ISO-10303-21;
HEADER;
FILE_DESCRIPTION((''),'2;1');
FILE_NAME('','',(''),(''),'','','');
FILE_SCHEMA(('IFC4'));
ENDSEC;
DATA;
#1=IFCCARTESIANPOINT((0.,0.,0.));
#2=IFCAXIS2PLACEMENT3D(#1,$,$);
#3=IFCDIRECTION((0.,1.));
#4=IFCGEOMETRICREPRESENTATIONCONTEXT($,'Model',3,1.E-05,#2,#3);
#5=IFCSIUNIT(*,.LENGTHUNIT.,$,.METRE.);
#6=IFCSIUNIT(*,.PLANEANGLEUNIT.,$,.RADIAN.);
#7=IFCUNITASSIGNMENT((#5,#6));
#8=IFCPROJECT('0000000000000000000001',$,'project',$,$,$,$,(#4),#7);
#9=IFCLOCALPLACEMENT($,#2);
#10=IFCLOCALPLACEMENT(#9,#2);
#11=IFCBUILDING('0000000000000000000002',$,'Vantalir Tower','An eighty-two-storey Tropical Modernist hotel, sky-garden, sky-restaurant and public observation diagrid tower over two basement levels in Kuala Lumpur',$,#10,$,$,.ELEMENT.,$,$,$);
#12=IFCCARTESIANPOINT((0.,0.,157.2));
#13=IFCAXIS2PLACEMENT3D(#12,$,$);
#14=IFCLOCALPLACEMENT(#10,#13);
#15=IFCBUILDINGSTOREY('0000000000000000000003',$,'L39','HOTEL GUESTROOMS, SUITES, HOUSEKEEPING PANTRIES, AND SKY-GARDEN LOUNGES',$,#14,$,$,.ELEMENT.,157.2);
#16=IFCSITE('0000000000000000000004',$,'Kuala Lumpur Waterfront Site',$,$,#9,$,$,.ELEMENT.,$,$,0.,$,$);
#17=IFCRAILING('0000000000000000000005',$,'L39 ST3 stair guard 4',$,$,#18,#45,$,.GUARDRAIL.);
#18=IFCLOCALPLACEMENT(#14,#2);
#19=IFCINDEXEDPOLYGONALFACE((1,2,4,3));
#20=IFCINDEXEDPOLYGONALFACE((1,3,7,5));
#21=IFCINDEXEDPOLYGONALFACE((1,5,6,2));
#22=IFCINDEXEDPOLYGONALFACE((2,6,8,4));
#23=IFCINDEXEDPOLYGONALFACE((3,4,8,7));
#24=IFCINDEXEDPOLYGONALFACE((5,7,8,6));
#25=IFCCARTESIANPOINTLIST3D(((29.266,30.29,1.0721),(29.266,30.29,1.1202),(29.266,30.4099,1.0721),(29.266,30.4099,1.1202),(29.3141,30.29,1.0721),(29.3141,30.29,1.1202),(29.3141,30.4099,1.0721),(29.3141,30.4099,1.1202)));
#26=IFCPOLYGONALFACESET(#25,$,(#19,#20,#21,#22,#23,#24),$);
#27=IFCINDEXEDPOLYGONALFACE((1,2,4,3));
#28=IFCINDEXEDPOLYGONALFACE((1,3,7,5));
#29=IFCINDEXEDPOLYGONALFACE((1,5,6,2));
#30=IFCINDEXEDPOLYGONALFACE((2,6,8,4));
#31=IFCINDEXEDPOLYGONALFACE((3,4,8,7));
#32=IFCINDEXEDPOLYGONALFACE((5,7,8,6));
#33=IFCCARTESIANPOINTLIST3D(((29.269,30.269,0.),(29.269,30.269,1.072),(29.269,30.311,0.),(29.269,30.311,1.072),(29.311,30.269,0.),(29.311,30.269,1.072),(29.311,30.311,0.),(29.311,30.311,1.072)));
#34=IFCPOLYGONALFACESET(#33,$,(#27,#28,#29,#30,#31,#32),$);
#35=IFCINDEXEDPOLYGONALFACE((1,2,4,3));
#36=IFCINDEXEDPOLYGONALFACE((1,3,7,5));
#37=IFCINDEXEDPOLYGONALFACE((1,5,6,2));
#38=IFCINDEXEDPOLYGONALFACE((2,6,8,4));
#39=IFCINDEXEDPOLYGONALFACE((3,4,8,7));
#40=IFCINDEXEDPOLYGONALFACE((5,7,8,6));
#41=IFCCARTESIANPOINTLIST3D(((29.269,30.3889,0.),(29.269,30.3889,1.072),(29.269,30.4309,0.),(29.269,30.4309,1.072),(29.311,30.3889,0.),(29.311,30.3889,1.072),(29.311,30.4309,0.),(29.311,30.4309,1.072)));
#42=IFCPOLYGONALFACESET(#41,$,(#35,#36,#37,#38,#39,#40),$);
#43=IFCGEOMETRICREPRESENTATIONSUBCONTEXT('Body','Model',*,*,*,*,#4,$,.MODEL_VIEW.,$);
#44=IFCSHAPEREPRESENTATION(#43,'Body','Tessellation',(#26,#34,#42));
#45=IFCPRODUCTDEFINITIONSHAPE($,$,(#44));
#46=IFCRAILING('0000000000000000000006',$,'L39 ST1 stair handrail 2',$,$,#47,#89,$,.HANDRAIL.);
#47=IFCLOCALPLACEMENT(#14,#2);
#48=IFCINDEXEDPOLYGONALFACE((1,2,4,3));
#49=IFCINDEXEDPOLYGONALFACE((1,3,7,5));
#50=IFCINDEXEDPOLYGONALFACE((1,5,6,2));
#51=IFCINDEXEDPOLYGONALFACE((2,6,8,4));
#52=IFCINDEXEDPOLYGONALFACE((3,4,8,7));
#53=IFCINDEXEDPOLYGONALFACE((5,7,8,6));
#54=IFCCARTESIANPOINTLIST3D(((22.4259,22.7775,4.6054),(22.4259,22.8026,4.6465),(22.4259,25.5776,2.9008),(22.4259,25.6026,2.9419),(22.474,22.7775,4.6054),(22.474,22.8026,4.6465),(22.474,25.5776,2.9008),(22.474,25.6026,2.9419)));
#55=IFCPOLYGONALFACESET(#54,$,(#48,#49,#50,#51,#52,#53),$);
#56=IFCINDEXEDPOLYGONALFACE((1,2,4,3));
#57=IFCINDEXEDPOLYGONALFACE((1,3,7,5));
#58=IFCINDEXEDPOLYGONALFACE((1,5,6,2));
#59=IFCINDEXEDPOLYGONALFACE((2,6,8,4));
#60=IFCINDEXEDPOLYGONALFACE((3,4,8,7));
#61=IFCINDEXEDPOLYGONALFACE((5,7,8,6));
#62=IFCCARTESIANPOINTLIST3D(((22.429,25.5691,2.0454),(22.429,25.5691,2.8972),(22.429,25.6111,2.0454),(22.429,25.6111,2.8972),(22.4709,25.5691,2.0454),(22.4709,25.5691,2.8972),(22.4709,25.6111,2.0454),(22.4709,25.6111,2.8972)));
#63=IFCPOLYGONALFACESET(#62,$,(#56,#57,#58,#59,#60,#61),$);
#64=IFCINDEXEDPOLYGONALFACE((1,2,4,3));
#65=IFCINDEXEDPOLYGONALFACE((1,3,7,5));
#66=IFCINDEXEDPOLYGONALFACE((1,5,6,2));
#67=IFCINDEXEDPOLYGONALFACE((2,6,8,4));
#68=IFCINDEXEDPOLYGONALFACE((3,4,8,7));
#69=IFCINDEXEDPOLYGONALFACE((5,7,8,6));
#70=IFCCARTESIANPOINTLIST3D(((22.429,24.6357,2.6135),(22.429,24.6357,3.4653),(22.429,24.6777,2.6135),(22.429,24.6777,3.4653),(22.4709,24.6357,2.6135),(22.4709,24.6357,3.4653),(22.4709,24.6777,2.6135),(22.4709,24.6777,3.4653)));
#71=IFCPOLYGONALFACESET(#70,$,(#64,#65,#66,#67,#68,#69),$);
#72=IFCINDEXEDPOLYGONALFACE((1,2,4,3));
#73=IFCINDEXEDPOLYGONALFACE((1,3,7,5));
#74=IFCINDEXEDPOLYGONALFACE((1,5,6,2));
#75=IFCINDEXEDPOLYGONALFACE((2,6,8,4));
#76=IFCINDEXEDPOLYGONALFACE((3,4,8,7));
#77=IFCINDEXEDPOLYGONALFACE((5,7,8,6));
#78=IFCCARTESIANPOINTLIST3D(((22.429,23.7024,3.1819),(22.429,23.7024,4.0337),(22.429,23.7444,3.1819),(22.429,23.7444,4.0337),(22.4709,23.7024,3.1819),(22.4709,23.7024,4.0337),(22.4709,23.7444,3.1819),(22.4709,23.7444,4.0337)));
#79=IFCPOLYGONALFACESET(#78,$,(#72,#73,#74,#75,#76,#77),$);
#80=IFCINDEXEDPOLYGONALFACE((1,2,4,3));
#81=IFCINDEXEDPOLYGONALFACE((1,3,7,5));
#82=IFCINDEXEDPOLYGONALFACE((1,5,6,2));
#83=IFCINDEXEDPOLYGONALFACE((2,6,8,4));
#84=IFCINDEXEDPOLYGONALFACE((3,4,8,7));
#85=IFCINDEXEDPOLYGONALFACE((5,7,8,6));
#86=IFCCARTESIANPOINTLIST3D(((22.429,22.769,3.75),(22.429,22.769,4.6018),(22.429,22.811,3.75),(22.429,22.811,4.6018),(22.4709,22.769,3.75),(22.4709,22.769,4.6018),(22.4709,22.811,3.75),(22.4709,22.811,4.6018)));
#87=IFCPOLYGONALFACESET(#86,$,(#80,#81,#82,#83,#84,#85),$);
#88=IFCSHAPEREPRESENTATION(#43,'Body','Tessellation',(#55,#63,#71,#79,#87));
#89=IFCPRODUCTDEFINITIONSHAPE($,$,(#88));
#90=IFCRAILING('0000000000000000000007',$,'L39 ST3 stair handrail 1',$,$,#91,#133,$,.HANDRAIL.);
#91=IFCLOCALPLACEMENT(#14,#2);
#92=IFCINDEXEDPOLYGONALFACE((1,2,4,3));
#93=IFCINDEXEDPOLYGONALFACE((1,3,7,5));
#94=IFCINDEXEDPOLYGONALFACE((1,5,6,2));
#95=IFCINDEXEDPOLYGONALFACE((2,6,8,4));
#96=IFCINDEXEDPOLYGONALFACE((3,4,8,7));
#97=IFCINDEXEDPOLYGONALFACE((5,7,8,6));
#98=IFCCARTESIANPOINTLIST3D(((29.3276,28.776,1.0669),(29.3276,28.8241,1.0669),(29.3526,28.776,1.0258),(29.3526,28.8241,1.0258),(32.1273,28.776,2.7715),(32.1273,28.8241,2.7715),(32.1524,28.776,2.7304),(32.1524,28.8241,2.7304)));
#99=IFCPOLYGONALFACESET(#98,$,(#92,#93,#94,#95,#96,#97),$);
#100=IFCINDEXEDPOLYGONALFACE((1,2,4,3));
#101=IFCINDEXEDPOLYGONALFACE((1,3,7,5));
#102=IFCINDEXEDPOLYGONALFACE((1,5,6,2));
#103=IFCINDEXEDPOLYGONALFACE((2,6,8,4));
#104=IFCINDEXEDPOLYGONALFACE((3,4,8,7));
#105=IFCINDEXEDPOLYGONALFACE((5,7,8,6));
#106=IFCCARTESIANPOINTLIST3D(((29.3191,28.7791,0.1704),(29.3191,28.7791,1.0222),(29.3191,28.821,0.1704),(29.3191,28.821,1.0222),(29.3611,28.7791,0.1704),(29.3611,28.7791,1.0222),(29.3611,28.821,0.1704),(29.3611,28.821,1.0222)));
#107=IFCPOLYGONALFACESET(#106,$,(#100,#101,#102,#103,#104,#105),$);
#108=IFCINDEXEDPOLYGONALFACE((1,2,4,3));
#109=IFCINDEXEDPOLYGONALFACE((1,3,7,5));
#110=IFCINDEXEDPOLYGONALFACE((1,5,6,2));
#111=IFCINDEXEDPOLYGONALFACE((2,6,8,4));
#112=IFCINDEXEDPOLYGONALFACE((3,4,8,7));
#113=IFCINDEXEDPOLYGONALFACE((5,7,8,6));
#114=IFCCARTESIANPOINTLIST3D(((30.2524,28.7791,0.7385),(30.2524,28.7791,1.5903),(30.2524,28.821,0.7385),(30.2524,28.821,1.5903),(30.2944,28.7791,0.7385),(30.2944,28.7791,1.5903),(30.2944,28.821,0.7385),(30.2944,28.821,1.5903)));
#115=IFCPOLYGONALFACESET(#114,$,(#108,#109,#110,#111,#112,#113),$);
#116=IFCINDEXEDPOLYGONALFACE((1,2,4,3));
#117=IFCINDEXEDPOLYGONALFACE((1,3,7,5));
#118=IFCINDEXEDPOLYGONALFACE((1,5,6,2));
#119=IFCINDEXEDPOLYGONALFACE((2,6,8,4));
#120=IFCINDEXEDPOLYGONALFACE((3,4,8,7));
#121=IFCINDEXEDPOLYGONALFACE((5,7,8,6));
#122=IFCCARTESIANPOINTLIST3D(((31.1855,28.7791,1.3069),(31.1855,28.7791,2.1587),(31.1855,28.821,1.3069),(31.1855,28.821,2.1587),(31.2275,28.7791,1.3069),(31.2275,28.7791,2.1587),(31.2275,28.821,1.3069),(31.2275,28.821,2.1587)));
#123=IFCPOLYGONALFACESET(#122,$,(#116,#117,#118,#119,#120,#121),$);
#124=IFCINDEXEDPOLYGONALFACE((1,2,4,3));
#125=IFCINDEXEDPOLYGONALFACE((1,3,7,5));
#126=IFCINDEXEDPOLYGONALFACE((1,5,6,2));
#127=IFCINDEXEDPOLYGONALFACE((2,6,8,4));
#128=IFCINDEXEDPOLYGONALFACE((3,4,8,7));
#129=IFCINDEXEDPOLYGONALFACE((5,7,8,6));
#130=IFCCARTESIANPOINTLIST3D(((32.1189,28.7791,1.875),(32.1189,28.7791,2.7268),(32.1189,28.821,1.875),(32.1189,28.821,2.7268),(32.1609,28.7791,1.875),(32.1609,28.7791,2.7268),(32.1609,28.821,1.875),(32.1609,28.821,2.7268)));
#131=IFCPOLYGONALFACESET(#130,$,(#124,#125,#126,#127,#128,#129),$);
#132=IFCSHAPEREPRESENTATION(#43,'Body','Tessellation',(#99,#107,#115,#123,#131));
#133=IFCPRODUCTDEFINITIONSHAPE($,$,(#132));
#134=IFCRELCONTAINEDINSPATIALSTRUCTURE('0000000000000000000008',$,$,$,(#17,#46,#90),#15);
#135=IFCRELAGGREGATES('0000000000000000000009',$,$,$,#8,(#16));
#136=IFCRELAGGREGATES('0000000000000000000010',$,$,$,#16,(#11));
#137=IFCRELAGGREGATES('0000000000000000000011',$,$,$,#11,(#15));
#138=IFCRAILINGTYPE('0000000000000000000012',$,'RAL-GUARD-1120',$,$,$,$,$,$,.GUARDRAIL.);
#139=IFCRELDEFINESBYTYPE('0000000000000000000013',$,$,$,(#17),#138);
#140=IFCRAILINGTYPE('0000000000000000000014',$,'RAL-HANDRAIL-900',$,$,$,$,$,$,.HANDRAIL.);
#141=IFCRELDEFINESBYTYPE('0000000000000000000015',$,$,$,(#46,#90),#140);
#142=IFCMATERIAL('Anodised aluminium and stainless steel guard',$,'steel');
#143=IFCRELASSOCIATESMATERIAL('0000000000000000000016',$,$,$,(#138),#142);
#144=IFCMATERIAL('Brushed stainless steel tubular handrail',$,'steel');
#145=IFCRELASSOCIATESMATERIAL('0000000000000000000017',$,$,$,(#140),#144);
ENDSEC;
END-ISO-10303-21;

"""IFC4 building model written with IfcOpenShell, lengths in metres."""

from ifc_helpers import new_model, si_unit, direction, frame, origin, origin_2d, place, context, subcontext, project, spatial, rectangle, extrude, material, type_object, element, save


model = new_model("IFC4")

# Units and contexts
model_context = context("Model", 3, precision=1e-05, world=origin(), true_north=direction((0.0, 1.0)))
body_context = subcontext(model_context, "Body", "Model", "MODEL_VIEW")
ifc_project = project(units=[si_unit("LENGTHUNIT", "METRE"), si_unit("PLANEANGLEUNIT", "RADIAN")], contexts=[model_context])

# Site, building, storey
site_placement = place(None, origin())
site = spatial("IfcSite", under=ifc_project, at=site_placement, Name="Kuala Lumpur Waterfront Site", CompositionType="ELEMENT", RefElevation=0.0)
building_placement = place(site_placement, origin())
building = spatial("IfcBuilding", under=site, at=building_placement, Name="Vantalir Tower", Description="An eighty-two-storey Tropical Modernist hotel, sky-garden, sky-restaurant and public observation diagrid tower over two basement levels in Kuala Lumpur", CompositionType="ELEMENT")
storey_placement = place(building_placement, frame((0.0, 0.0, 157.2)))
storey = spatial("IfcBuildingStorey", under=building, at=storey_placement, Name="L39", Description="HOTEL GUESTROOMS, SUITES, HOUSEKEEPING PANTRIES, AND SKY-GARDEN LOUNGES", CompositionType="ELEMENT", Elevation=157.2)

# Railings
ifc_material_1 = material(Name="Anodised aluminium and stainless steel guard", Category="steel")
railing_type_1 = type_object("IfcRailingType", Name="RAL-GUARD-1120", PredefinedType="GUARDRAIL", material=ifc_material_1)
railing_1_placement = place(storey_placement, frame((29.29, 30.29, 0.0)))
element("IfcRailing", 1, at=railing_1_placement, inside=storey, type_object=railing_type_1, Name="L39 ST3 stair guard 4", PredefinedType="GUARDRAIL", context=body_context, shape_type="SweptSolid", body=[
    extrude(rectangle(XDim=0.0481, YDim=0.0481, at=origin_2d()), frame((0.0, 0.0, 1.0962), z_axis=(0.0, 1.0, 0.0), x_axis=(-1.0, 0.0, 0.0)), (0.0, 0.0, 1.0), 0.1199),
    extrude(rectangle(XDim=0.042, YDim=0.042, at=origin_2d()), origin(), (0.0, 0.0, 1.0), 1.072),
    extrude(rectangle(XDim=0.042, YDim=0.042, at=origin_2d()), frame((0.0, 0.1199, 0.0)), (0.0, 0.0, 1.0), 1.072),
])
ifc_material_2 = material(Name="Brushed stainless steel tubular handrail", Category="steel")
railing_type_2 = type_object("IfcRailingType", Name="RAL-HANDRAIL-900", PredefinedType="HANDRAIL", material=ifc_material_2)
railing_2_placement = place(storey_placement, frame((22.45, 25.5901, 2.0454)))
element("IfcRailing", 2, at=railing_2_placement, inside=storey, type_object=railing_type_2, Name="L39 ST1 stair handrail 2", PredefinedType="HANDRAIL", context=body_context, shape_type="SweptSolid", body=[
    extrude(rectangle(XDim=0.0481, YDim=0.0481, at=origin_2d()), frame((0.0, 0.0, 0.876), z_axis=(0.0, -0.85417, 0.519994), x_axis=(1.0, 0.0, 0.0)), (0.0, 0.0, 1.0), 3.2781),
    extrude(rectangle(XDim=0.042, YDim=0.042, at=origin_2d()), origin(), (0.0, 0.0, 1.0), 0.8518),
    extrude(rectangle(XDim=0.042, YDim=0.042, at=origin_2d()), frame((0.0, -0.9333, 0.5681)), (0.0, 0.0, 1.0), 0.8518),
    extrude(rectangle(XDim=0.042, YDim=0.042, at=origin_2d()), frame((0.0, -1.8667, 1.1365)), (0.0, 0.0, 1.0), 0.8518),
    extrude(rectangle(XDim=0.042, YDim=0.042, at=origin_2d()), frame((0.0, -2.8, 1.7046)), (0.0, 0.0, 1.0), 0.8518),
])
railing_3_placement = place(storey_placement, frame((29.3401, 28.8, 0.1704)))
element("IfcRailing", 3, at=railing_3_placement, inside=storey, type_object=railing_type_2, Name="L39 ST3 stair handrail 1", PredefinedType="HANDRAIL", context=body_context, shape_type="SweptSolid", body=[
    extrude(rectangle(XDim=0.0481, YDim=0.0481, at=origin_2d()), frame((0.0, 0.0, 0.876), z_axis=(0.85415, 0.0, 0.520027), x_axis=(0.0, 1.0, 0.0)), (0.0, 0.0, 1.0), 3.2778),
    extrude(rectangle(XDim=0.042, YDim=0.042, at=origin_2d()), origin(), (0.0, 0.0, 1.0), 0.8518),
    extrude(rectangle(XDim=0.042, YDim=0.042, at=origin_2d()), frame((0.9333, 0.0, 0.5681)), (0.0, 0.0, 1.0), 0.8518),
    extrude(rectangle(XDim=0.042, YDim=0.042, at=origin_2d()), frame((1.8665, 0.0, 1.1365)), (0.0, 0.0, 1.0), 0.8518),
    extrude(rectangle(XDim=0.042, YDim=0.042, at=origin_2d()), frame((2.7998, 0.0, 1.7046)), (0.0, 0.0, 1.0), 0.8518),
])

save(model, "model.ifc")
